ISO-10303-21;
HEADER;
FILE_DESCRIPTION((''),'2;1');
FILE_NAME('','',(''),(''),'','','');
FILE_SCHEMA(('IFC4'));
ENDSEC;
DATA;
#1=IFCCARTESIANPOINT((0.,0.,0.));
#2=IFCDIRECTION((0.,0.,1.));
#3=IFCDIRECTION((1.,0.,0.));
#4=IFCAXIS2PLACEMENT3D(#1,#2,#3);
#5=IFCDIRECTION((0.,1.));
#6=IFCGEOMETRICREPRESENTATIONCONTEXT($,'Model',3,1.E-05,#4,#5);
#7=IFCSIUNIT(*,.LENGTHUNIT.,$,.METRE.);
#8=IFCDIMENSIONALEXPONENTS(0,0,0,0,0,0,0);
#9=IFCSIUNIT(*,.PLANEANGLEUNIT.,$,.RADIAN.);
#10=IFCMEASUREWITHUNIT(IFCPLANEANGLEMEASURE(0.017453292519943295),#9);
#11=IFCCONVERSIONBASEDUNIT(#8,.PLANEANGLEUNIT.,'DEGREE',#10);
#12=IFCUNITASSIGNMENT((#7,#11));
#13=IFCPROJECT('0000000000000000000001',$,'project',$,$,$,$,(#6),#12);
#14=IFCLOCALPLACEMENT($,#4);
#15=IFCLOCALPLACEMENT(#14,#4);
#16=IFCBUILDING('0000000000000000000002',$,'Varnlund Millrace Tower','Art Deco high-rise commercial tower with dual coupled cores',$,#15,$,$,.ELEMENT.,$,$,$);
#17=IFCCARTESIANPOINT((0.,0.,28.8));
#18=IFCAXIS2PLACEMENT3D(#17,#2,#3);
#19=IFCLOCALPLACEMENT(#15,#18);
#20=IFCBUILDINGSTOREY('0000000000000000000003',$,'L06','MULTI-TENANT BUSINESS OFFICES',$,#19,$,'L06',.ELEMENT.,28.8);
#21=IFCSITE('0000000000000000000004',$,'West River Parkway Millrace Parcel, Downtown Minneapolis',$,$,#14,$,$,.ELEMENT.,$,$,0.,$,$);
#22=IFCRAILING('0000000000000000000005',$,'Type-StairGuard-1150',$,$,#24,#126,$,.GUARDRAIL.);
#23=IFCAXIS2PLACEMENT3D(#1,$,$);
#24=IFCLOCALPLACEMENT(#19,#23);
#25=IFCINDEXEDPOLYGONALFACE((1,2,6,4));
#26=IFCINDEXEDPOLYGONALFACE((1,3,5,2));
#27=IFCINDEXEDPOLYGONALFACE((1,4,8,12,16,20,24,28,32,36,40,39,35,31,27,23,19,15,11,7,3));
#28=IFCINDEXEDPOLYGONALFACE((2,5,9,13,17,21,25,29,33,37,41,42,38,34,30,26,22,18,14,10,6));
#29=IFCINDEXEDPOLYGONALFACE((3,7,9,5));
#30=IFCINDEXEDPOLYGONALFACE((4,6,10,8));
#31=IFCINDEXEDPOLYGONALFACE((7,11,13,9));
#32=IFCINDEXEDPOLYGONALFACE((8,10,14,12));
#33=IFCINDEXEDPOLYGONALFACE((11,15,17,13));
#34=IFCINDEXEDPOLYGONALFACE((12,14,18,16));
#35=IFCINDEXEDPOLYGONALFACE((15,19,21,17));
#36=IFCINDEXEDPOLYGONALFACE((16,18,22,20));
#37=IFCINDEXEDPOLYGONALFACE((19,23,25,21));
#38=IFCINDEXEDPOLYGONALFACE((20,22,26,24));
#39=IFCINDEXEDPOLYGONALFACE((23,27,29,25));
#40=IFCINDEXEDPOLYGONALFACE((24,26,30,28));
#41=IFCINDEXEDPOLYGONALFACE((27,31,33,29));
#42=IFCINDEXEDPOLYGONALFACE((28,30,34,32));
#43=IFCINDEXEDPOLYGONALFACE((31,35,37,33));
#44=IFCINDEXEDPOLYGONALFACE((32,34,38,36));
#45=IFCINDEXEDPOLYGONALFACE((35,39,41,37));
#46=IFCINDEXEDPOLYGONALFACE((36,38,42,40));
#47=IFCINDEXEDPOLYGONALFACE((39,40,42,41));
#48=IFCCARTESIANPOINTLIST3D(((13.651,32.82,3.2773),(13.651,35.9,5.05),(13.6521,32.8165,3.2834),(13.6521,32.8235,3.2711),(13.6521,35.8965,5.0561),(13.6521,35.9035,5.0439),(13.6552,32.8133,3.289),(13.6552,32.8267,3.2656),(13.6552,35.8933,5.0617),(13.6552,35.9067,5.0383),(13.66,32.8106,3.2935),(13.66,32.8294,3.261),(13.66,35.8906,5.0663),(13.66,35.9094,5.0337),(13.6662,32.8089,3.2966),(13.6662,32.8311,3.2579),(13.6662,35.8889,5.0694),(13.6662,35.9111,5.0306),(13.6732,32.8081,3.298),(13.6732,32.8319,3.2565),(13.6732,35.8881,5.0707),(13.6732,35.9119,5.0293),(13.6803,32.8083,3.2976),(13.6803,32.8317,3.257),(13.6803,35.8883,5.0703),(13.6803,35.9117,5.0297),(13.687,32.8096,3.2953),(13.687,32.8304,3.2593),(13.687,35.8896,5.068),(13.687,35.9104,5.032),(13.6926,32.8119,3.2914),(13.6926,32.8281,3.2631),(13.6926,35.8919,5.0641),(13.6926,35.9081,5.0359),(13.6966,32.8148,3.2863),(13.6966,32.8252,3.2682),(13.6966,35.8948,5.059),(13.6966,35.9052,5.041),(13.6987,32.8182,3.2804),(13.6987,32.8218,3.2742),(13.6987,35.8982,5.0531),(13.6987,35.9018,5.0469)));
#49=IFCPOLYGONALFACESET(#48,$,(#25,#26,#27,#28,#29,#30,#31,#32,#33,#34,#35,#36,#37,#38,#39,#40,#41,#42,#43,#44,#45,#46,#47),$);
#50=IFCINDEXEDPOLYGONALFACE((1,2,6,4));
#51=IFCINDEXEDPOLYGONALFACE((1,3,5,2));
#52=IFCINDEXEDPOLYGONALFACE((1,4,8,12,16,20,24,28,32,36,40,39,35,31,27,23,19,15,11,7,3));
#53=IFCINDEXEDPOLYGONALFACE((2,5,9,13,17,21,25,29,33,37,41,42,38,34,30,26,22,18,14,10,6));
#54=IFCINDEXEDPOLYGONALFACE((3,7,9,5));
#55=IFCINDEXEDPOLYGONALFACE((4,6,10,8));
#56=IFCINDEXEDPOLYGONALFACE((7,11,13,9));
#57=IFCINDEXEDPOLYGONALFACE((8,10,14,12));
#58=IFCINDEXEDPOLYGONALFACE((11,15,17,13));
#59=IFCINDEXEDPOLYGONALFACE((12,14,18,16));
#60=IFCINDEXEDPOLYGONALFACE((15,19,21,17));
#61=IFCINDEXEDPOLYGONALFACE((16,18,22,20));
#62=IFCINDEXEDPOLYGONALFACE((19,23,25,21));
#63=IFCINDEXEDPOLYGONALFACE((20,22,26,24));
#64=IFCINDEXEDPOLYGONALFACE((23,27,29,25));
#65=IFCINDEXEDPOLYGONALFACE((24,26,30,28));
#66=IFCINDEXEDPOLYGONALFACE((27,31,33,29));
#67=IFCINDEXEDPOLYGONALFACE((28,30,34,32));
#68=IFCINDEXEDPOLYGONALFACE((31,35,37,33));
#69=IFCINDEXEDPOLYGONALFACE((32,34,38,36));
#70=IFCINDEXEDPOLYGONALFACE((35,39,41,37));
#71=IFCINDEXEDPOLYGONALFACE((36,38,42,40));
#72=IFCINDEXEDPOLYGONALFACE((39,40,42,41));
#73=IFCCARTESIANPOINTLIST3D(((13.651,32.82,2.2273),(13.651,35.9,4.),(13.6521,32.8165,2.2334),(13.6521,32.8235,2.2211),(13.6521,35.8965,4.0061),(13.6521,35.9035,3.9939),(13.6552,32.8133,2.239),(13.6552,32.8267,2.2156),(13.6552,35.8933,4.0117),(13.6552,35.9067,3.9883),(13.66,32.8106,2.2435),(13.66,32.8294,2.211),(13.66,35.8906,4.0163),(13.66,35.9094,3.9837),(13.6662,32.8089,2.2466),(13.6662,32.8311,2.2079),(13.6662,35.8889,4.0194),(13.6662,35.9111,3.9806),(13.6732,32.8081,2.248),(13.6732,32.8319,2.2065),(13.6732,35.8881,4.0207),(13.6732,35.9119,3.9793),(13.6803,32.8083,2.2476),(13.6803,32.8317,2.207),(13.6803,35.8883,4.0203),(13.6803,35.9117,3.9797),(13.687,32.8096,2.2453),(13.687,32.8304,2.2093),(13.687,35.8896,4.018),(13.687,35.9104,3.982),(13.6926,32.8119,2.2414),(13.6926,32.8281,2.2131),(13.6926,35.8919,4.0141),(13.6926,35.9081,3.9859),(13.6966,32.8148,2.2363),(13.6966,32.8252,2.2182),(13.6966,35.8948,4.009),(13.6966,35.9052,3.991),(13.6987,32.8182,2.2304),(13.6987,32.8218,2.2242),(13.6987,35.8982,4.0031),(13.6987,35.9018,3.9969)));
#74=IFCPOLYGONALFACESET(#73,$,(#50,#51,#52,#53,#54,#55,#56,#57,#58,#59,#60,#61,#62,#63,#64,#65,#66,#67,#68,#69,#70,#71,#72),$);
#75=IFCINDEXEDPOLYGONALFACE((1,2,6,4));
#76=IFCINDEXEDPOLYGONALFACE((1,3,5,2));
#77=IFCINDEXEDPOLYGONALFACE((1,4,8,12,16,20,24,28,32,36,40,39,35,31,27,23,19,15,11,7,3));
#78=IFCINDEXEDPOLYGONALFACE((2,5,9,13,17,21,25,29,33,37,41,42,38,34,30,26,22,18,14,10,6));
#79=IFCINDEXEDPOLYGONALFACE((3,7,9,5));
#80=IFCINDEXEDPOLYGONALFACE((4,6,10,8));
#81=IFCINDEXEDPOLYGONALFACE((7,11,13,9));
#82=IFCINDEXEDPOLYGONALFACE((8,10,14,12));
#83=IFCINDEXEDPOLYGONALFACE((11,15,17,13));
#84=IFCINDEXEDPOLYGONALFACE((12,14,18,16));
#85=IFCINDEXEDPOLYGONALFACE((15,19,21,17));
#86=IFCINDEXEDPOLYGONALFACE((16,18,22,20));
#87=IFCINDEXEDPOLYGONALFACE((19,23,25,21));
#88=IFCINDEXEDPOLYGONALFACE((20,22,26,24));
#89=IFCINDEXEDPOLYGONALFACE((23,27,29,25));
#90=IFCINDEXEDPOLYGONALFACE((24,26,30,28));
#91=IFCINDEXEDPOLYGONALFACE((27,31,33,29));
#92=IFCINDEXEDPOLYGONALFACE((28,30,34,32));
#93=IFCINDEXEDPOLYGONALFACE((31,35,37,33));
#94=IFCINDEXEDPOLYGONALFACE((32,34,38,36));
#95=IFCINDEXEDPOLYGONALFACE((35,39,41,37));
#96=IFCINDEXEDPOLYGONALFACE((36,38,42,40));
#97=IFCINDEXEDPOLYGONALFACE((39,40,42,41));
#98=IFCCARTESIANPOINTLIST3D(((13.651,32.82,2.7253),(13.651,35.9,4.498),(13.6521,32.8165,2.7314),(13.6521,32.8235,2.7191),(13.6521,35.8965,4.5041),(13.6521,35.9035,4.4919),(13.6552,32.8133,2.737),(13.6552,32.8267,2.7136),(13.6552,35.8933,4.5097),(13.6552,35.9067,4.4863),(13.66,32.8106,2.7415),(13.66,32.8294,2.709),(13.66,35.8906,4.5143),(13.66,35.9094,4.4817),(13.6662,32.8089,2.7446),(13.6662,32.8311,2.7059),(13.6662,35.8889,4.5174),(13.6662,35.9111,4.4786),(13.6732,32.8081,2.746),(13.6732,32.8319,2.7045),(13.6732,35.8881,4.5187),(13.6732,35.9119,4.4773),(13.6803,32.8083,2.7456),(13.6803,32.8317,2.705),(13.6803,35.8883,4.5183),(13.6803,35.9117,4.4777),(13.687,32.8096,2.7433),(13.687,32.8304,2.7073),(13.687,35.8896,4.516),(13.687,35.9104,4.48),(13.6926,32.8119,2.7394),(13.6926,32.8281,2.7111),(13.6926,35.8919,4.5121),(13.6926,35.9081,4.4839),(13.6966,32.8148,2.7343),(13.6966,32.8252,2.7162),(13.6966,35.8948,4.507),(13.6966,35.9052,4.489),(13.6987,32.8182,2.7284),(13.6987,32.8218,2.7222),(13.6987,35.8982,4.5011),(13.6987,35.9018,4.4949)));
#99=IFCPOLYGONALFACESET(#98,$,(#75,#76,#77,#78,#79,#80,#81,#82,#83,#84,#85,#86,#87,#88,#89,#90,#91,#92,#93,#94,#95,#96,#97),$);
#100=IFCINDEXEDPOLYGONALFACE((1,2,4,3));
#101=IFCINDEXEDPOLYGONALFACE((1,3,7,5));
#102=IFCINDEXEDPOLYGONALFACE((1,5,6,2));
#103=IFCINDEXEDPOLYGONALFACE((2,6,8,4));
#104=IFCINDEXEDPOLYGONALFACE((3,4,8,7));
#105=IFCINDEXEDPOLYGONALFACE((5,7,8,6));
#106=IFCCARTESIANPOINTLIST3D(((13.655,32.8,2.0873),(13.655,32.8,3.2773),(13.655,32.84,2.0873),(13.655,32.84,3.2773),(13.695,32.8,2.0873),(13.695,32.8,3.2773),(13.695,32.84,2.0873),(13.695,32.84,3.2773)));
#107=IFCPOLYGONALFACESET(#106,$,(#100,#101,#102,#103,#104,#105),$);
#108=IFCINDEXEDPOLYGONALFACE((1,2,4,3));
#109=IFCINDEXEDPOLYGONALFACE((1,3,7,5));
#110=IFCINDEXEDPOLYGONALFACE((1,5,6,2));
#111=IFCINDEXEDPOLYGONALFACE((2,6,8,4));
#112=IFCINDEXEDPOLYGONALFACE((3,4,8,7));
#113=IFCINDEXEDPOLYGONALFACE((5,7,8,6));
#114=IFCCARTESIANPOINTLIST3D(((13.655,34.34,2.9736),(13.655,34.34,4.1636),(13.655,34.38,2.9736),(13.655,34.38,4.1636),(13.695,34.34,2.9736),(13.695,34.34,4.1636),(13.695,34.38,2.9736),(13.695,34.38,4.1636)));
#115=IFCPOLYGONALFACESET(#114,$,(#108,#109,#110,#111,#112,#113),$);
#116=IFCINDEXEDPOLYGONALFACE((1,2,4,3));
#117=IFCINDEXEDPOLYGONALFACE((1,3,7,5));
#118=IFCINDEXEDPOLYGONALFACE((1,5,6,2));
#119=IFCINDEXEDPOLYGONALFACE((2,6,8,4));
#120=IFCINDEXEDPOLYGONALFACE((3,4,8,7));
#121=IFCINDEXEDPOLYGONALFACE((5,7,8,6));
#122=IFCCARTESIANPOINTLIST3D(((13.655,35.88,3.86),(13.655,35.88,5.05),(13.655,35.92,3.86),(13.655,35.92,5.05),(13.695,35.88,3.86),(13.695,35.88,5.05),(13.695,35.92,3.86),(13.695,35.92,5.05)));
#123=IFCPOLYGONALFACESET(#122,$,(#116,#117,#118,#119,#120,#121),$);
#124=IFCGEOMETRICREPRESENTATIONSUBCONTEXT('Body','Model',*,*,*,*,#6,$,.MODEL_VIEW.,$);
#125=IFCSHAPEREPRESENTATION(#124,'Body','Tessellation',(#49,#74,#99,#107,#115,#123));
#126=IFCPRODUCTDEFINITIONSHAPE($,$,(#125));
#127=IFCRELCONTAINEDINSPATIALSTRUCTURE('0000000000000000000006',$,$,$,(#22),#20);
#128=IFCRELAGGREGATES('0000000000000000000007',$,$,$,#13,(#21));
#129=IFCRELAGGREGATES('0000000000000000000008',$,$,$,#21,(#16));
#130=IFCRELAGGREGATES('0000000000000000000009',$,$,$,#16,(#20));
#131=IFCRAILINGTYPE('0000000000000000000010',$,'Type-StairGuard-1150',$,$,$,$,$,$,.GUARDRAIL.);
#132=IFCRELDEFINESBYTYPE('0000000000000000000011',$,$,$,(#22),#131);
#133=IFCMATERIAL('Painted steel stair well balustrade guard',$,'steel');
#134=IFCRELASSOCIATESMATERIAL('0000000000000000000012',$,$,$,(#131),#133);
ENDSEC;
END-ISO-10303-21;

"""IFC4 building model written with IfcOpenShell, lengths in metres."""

from ifc_helpers import new_model, entity, si_unit, converted_unit, direction, frame, origin_with_axes, origin_2d_with_axis, place, context, subcontext, project, spatial, rectangle, circle, extrude, material, type_object, element, save


model = new_model("IFC4")

# Units and contexts
model_context = context("Model", 3, precision=1e-05, world=origin_with_axes(), true_north=direction((0.0, 1.0)))
body_context = subcontext(model_context, "Body", "Model", "MODEL_VIEW")
ifc_project = project(units=[si_unit("LENGTHUNIT", "METRE"), converted_unit("PLANEANGLEUNIT", "DEGREE", entity("IfcPlaneAngleMeasure", 0.017453292519943295), si_unit("PLANEANGLEUNIT", "RADIAN"), dimensions=[0, 0, 0, 0, 0, 0, 0])], contexts=[model_context])

# Site, building, storey
site_placement = place(None, origin_with_axes())
site = spatial("IfcSite", under=ifc_project, at=site_placement, Name="West River Parkway Millrace Parcel, Downtown Minneapolis", CompositionType="ELEMENT", RefElevation=0.0)
building_placement = place(site_placement, origin_with_axes())
building = spatial("IfcBuilding", under=site, at=building_placement, Name="Varnlund Millrace Tower", Description="Art Deco high-rise commercial tower with dual coupled cores", CompositionType="ELEMENT")
storey_placement = place(building_placement, frame((0.0, 0.0, 28.8), z_axis=(0.0, 0.0, 1.0), x_axis=(1.0, 0.0, 0.0)))
storey = spatial("IfcBuildingStorey", under=building, at=storey_placement, Name="L06", Description="MULTI-TENANT BUSINESS OFFICES", LongName="L06", CompositionType="ELEMENT", Elevation=28.8)

# Railing
ifc_material_1 = material(Name="Painted steel stair well balustrade guard", Category="steel")
railing_type_1 = type_object("IfcRailingType", Name="Type-StairGuard-1150", PredefinedType="GUARDRAIL", material=ifc_material_1)
railing_1_placement = place(storey_placement, frame((0.0, 0.0, -28.8), z_axis=(0.0, 0.0, 1.0), x_axis=(1.0, 0.0, 0.0)))
element("IfcRailing", 1, at=railing_1_placement, inside=storey, type_object=railing_type_1, Name="Type-StairGuard-1150", PredefinedType="GUARDRAIL", context=body_context, shape_type="SweptSolid", body=[
    extrude(circle(Radius=0.024, at=origin_2d_with_axis()), frame((13.675, 32.82, 32.0773), z_axis=(0.0, 0.866696, 0.498836), x_axis=(-1.0, 0.0, 0.0)), (0.0, 0.0, 1.0), 3.5537),
    extrude(circle(Radius=0.024, at=origin_2d_with_axis()), frame((13.675, 32.82, 31.0273), z_axis=(0.0, 0.866696, 0.498836), x_axis=(-1.0, 0.0, 0.0)), (0.0, 0.0, 1.0), 3.5537),
    extrude(circle(Radius=0.024, at=origin_2d_with_axis()), frame((13.675, 32.82, 31.5253), z_axis=(0.0, 0.866696, 0.498836), x_axis=(-1.0, 0.0, 0.0)), (0.0, 0.0, 1.0), 3.5537),
    extrude(rectangle(XDim=0.04, YDim=0.04, at=origin_2d_with_axis()), frame((13.675, 32.82, 30.8873), z_axis=(0.0, 0.0, 1.0), x_axis=(1.0, 0.0, 0.0)), (0.0, 0.0, 1.0), 1.19),
    extrude(rectangle(XDim=0.04, YDim=0.04, at=origin_2d_with_axis()), frame((13.675, 34.36, 31.7736), z_axis=(0.0, 0.0, 1.0), x_axis=(1.0, 0.0, 0.0)), (0.0, 0.0, 1.0), 1.19),
    extrude(rectangle(XDim=0.04, YDim=0.04, at=origin_2d_with_axis()), frame((13.675, 35.9, 32.66), z_axis=(0.0, 0.0, 1.0), x_axis=(1.0, 0.0, 0.0)), (0.0, 0.0, 1.0), 1.19),
])

save(model, "model.ifc")
